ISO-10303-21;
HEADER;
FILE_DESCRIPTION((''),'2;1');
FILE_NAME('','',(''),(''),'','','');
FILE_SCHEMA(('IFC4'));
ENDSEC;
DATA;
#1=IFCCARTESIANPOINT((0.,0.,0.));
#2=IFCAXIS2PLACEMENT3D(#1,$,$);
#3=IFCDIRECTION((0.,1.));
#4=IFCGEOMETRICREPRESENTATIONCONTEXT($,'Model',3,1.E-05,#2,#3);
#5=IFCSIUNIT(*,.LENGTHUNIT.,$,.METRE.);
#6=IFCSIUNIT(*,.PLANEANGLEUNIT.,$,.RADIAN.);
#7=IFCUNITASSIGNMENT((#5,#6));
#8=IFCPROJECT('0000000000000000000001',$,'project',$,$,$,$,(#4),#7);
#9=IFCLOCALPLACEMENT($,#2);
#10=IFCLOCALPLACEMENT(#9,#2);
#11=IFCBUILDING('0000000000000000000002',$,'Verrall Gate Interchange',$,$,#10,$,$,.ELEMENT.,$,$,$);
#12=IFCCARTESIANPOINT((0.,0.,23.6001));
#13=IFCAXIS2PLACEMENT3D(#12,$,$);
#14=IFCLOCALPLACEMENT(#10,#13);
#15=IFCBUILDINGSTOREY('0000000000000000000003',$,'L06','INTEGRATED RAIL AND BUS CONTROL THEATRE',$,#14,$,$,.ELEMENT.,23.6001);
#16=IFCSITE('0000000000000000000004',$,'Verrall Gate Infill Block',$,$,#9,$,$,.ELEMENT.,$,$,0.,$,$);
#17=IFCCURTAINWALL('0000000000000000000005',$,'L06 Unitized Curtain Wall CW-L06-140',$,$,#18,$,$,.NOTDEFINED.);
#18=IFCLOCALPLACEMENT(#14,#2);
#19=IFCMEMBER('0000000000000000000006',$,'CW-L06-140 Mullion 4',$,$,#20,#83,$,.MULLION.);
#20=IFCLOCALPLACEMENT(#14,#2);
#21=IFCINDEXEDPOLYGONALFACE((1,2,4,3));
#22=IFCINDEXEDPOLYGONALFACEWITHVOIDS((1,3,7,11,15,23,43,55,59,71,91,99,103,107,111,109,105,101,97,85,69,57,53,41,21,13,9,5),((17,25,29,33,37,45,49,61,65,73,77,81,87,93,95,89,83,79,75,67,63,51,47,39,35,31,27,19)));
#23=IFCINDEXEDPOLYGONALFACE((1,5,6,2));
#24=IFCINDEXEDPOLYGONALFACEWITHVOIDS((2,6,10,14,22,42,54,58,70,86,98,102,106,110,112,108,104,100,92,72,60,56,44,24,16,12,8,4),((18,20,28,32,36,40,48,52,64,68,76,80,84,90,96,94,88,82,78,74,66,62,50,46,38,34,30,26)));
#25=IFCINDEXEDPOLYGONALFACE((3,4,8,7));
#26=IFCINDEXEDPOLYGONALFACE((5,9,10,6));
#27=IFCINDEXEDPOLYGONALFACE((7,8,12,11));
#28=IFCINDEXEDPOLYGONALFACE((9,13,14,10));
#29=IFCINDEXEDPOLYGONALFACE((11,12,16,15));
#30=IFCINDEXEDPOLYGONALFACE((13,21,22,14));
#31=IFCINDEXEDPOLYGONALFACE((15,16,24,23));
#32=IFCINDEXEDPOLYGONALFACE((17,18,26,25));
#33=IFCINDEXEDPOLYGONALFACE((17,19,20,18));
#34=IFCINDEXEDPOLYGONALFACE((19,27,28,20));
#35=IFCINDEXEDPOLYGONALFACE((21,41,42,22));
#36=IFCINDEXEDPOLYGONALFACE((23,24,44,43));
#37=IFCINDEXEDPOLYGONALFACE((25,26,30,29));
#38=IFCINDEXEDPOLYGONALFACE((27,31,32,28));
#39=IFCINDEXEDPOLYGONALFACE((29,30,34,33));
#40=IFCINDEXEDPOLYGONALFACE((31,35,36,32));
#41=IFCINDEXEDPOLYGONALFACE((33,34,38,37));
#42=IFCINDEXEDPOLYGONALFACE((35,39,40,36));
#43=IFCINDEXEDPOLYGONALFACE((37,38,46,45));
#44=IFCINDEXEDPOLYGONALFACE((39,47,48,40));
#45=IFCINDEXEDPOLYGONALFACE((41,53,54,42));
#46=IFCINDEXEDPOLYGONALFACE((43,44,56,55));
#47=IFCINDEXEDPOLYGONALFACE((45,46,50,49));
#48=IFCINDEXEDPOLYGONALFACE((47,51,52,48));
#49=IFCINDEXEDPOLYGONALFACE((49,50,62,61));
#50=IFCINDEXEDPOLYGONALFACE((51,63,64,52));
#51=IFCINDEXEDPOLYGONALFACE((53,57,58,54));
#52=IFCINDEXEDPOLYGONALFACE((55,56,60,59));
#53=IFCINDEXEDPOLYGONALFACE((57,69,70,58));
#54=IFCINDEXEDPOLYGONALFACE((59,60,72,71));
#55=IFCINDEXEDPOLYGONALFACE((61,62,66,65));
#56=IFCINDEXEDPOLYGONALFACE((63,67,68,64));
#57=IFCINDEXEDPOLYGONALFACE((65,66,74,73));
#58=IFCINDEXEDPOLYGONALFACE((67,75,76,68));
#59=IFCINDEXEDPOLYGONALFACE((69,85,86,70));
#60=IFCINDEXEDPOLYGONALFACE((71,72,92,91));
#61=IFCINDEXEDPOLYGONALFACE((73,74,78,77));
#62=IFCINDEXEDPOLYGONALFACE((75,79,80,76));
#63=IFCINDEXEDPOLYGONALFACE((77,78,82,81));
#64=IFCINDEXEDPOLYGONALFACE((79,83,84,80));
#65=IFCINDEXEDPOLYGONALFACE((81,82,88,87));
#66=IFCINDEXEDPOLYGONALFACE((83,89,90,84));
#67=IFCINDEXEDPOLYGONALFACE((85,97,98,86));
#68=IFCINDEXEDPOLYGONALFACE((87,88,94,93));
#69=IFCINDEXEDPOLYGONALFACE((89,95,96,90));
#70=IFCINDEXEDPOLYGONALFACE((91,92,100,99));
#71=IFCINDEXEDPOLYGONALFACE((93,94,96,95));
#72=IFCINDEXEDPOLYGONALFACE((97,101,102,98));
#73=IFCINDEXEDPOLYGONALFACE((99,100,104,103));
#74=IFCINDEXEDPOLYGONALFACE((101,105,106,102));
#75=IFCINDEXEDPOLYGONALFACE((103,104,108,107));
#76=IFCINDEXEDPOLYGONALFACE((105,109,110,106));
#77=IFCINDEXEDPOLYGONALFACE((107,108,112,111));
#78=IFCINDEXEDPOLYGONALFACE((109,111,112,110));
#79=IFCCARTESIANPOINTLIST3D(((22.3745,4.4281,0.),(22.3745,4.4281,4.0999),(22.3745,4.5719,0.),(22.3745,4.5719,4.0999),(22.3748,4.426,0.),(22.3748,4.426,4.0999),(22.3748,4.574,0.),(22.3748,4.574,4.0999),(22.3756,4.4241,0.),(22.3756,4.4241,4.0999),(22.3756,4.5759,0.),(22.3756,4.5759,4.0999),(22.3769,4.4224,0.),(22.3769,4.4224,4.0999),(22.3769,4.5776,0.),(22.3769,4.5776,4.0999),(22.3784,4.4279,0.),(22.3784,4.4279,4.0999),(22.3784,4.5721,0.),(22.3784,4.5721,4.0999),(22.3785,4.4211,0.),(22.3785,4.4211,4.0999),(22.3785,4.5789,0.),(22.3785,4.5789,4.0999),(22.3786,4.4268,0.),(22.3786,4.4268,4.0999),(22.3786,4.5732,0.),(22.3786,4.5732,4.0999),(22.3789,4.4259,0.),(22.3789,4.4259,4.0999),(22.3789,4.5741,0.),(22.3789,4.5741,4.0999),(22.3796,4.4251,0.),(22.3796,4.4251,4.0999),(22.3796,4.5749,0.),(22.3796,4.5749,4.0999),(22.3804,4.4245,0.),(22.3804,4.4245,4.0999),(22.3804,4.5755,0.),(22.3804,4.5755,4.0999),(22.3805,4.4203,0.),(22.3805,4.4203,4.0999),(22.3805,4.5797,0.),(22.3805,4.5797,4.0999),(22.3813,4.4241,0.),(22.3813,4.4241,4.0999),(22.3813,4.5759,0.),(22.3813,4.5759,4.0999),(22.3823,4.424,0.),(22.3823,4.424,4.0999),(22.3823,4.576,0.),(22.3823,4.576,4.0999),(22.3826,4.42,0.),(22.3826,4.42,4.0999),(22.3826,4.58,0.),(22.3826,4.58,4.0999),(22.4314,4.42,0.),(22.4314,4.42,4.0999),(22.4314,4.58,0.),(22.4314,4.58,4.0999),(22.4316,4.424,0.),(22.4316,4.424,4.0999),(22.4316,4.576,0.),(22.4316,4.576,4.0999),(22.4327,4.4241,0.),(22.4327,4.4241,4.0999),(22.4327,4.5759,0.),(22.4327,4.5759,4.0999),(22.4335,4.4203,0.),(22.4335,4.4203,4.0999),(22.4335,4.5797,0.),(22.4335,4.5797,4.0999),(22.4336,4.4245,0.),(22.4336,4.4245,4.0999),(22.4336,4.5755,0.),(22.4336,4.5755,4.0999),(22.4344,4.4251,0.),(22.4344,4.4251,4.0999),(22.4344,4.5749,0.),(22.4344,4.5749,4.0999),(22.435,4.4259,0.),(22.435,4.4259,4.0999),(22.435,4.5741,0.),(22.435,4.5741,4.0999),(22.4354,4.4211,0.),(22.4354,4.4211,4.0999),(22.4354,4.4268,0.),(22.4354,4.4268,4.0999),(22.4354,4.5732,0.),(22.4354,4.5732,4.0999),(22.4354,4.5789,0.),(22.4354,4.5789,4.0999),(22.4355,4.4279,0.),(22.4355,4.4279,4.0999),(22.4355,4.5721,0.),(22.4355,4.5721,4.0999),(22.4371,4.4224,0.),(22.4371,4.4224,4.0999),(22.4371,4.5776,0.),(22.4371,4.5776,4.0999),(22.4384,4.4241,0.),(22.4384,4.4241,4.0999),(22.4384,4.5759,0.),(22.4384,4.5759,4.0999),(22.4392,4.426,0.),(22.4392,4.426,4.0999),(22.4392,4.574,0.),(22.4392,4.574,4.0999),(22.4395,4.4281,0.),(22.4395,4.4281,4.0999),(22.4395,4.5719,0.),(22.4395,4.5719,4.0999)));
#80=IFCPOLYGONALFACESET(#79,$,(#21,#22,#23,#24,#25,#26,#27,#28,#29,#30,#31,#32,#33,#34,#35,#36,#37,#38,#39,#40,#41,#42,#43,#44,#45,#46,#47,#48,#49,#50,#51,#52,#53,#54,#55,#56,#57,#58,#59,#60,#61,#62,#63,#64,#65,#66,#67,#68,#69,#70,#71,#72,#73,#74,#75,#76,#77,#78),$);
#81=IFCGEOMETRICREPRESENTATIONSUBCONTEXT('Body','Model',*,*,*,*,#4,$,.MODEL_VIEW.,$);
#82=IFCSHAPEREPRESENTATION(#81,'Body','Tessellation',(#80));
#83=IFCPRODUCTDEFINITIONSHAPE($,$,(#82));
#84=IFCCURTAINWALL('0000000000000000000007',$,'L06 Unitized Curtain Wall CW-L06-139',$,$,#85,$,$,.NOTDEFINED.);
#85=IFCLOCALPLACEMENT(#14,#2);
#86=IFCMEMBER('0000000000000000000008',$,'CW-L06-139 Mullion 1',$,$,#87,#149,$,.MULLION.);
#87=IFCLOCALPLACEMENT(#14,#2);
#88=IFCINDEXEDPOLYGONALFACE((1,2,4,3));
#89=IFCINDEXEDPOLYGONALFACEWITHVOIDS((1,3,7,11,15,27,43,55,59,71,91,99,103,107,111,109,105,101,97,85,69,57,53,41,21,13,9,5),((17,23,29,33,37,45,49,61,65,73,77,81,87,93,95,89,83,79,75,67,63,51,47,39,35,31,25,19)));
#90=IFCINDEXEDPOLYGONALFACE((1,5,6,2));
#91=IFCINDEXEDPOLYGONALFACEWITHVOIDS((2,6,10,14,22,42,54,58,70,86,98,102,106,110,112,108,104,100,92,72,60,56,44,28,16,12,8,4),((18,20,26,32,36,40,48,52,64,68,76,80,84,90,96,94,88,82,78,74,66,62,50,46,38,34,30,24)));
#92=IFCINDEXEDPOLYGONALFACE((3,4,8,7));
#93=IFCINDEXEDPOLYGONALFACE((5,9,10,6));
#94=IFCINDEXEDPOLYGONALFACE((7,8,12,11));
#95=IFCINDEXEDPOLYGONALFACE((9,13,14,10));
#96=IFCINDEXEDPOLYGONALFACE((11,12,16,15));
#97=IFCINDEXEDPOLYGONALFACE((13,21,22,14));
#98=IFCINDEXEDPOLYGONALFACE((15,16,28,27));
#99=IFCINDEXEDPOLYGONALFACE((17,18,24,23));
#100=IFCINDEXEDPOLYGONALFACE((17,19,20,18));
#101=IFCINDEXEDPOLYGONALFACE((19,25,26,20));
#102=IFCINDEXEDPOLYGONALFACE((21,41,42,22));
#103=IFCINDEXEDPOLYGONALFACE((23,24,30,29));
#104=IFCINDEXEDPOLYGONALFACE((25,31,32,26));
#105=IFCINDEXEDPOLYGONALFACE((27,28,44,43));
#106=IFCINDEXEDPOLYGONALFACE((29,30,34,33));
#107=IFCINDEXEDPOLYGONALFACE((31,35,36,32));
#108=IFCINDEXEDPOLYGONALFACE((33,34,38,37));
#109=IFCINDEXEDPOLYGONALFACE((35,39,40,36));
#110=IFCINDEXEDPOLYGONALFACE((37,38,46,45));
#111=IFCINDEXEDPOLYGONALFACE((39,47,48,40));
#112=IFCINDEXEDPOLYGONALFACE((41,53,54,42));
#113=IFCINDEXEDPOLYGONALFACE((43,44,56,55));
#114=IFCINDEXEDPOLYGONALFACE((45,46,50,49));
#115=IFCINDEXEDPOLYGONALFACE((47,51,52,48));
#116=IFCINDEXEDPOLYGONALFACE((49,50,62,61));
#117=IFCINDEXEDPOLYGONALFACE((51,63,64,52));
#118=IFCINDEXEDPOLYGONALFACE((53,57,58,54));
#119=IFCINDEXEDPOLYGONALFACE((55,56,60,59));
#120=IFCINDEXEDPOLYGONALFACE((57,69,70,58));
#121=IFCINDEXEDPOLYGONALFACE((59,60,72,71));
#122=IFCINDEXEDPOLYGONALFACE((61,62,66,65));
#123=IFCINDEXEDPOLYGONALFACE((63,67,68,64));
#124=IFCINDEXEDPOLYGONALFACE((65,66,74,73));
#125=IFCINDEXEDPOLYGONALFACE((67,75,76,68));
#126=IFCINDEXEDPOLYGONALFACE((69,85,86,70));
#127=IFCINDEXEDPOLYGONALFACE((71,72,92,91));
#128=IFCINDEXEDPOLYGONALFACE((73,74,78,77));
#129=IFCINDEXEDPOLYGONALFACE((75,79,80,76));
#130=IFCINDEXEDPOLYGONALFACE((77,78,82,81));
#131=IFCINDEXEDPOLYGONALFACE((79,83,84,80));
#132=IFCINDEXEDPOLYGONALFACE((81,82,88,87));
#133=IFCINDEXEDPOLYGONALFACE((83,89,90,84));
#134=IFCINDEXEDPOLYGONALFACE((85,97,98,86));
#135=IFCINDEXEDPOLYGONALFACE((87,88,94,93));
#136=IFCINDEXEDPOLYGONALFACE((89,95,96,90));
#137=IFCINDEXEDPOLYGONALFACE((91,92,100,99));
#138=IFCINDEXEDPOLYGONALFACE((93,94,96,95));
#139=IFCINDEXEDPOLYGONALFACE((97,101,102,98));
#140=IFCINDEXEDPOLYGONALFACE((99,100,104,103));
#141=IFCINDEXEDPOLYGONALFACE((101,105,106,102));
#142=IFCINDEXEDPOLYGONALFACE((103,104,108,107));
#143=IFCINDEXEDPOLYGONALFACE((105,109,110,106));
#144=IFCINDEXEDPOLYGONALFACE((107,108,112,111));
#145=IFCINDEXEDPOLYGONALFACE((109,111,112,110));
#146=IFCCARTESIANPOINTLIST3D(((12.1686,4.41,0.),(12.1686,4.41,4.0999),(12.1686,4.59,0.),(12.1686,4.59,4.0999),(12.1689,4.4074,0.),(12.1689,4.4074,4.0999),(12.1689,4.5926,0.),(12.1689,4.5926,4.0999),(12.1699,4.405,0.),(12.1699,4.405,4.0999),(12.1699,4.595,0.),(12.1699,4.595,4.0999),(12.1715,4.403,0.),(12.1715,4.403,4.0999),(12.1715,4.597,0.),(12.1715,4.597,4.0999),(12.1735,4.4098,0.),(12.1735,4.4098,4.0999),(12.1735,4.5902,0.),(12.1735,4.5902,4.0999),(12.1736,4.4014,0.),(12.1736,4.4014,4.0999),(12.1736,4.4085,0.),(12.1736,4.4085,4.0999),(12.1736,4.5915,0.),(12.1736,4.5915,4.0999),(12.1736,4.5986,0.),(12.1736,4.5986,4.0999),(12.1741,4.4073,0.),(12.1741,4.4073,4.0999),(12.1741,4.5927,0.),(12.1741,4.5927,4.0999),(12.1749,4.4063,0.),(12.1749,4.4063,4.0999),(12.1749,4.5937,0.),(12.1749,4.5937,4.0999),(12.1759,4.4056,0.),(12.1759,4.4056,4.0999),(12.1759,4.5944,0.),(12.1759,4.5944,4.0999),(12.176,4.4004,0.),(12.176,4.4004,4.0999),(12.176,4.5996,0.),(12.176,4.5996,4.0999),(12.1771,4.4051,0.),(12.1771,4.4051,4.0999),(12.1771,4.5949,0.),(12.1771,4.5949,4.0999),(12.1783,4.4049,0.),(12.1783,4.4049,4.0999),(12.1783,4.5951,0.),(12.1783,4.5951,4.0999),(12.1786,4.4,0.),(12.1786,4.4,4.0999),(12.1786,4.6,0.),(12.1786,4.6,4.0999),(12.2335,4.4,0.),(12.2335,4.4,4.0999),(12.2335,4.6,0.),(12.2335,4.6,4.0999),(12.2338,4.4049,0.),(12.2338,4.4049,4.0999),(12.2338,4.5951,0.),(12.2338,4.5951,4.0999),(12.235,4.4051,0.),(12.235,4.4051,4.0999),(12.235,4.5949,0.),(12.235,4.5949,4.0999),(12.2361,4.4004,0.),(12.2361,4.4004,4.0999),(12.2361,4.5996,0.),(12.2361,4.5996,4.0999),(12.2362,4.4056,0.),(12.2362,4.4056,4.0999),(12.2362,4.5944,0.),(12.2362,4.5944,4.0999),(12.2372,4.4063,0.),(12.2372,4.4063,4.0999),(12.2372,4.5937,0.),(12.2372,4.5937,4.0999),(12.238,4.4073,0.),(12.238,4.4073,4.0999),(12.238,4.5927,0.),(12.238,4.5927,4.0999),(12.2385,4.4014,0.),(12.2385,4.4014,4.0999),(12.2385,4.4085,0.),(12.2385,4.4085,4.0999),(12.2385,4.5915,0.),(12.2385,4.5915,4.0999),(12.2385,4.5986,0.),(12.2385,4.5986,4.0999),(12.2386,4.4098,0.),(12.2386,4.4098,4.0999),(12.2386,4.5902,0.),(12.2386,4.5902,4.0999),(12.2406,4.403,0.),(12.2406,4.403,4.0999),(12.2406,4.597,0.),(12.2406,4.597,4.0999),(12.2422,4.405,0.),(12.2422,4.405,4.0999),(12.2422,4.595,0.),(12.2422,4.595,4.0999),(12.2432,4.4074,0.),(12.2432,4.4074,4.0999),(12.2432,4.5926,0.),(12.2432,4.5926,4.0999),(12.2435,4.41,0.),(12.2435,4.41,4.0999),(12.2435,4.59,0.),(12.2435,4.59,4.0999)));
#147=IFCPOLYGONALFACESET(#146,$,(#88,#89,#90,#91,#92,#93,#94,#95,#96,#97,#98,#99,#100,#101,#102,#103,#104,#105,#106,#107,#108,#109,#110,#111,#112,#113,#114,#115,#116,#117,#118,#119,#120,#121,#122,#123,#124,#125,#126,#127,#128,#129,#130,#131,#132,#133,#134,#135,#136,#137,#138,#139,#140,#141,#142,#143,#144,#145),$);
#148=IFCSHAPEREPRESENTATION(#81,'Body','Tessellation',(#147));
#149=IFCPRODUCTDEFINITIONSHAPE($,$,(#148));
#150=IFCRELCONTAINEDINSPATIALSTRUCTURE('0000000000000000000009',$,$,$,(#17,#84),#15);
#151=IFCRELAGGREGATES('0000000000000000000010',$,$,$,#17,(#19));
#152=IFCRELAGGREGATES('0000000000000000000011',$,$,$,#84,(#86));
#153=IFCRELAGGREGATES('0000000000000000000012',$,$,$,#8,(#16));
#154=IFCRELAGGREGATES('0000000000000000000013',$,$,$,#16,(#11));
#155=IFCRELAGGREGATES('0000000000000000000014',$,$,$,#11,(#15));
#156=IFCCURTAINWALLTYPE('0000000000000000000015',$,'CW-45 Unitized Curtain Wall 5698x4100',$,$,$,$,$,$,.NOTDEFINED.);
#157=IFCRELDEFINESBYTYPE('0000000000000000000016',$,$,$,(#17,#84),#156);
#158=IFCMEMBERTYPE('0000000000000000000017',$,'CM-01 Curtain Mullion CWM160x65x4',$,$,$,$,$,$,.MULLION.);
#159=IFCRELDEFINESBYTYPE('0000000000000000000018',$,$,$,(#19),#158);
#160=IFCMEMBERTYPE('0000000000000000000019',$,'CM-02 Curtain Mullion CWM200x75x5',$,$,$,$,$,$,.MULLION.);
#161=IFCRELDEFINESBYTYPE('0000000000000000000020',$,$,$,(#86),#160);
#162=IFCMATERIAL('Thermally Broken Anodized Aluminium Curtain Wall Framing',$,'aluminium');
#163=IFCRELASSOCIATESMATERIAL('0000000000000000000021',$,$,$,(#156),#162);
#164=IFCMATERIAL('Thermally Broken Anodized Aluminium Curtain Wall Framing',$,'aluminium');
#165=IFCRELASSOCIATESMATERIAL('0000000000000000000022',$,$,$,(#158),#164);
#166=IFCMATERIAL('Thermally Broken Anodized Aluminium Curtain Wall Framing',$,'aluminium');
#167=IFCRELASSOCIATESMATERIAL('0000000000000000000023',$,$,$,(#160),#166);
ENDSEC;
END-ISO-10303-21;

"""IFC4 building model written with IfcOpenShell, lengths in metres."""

from ifc_helpers import new_model, si_unit, direction, frame, origin, origin_2d, place, context, subcontext, project, spatial, hollow_rectangle, extrude, material, material_profile, profile_set, type_object, element, aggregate, save


model = new_model("IFC4")

# Units and contexts
model_context = context("Model", 3, precision=1e-05, world=origin(), true_north=direction((0.0, 1.0)))
body_context = subcontext(model_context, "Body", "Model", "MODEL_VIEW")
ifc_project = project(units=[si_unit("LENGTHUNIT", "METRE"), si_unit("PLANEANGLEUNIT", "RADIAN")], contexts=[model_context])

# Site, building, storey
site_placement = place(None, origin())
site = spatial("IfcSite", under=ifc_project, at=site_placement, Name="Verrall Gate Infill Block", CompositionType="ELEMENT", RefElevation=0.0)
building_placement = place(site_placement, origin())
building = spatial("IfcBuilding", under=site, at=building_placement, Name="Verrall Gate Interchange", CompositionType="ELEMENT")
storey_placement = place(building_placement, frame((0.0, 0.0, 23.6001)))
storey = spatial("IfcBuildingStorey", under=building, at=storey_placement, Name="L06", Description="INTEGRATED RAIL AND BUS CONTROL THEATRE", CompositionType="ELEMENT", Elevation=23.6001)

# Curtain walls, members
ifc_material_1 = material(Name="Thermally Broken Anodized Aluminium Curtain Wall Framing", Category="aluminium")
curtain_wall_type = type_object("IfcCurtainWallType", Name="CW-45 Unitized Curtain Wall 5698x4100", PredefinedType="NOTDEFINED", material=ifc_material_1)
curtain_wall_1_placement = place(storey_placement, origin())
curtain_wall_1 = element("IfcCurtainWall", 1, at=curtain_wall_1_placement, inside=storey, type_object=curtain_wall_type, Name="L06 Unitized Curtain Wall CW-L06-140", PredefinedType="NOTDEFINED")
ifc_material_2 = material(Name="Thermally Broken Anodized Aluminium Curtain Wall Framing", Category="aluminium")
ifc_material_profile_1 = material_profile(ifc_material_2, hollow_rectangle(XDim=0.0649, YDim=0.1599, WallThickness=0.0039, InnerFilletRadius=0.0039, OuterFilletRadius=0.0081, at=origin_2d()), Name="CWM160x65x4")
ifc_profile_set_1 = profile_set([ifc_material_profile_1], Name="Thermally Broken Anodized Aluminium Curtain Wall Framing")
member_type_1 = type_object("IfcMemberType", Name="CM-01 Curtain Mullion CWM160x65x4", PredefinedType="MULLION", material=ifc_profile_set_1)
member_1_placement = place(storey_placement, frame((22.407, 4.5, 0.0), z_axis=(0.0, 0.0, 1.0), x_axis=(1.0, 0.0, 0.0)))
member_1 = element("IfcMember", 2, at=member_1_placement, type_object=member_type_1, Name="CW-L06-140 Mullion 4", PredefinedType="MULLION", context=body_context, shape_type="SweptSolid", body=[
    extrude(hollow_rectangle(XDim=0.0649, YDim=0.1599, WallThickness=0.0039, InnerFilletRadius=0.0039, OuterFilletRadius=0.0081, at=origin_2d()), origin(), (0.0, 0.0, 1.0), 4.0999),
])
curtain_wall_2_placement = place(storey_placement, origin())
curtain_wall_2 = element("IfcCurtainWall", 3, at=curtain_wall_2_placement, inside=storey, type_object=curtain_wall_type, Name="L06 Unitized Curtain Wall CW-L06-139", PredefinedType="NOTDEFINED")
ifc_material_3 = material(Name="Thermally Broken Anodized Aluminium Curtain Wall Framing", Category="aluminium")
ifc_material_profile_2 = material_profile(ifc_material_3, hollow_rectangle(XDim=0.075, YDim=0.2, WallThickness=0.0049, InnerFilletRadius=0.0049, OuterFilletRadius=0.01, at=origin_2d()), Name="CWM200x75x5")
ifc_profile_set_2 = profile_set([ifc_material_profile_2], Name="Thermally Broken Anodized Aluminium Curtain Wall Framing")
member_type_2 = type_object("IfcMemberType", Name="CM-02 Curtain Mullion CWM200x75x5", PredefinedType="MULLION", material=ifc_profile_set_2)
member_2_placement = place(storey_placement, frame((12.2061, 4.5, 0.0), z_axis=(0.0, 0.0, 1.0), x_axis=(1.0, 0.0, 0.0)))
member_2 = element("IfcMember", 4, at=member_2_placement, type_object=member_type_2, Name="CW-L06-139 Mullion 1", PredefinedType="MULLION", context=body_context, shape_type="SweptSolid", body=[
    extrude(hollow_rectangle(XDim=0.075, YDim=0.2, WallThickness=0.0049, InnerFilletRadius=0.0049, OuterFilletRadius=0.01, at=origin_2d()), origin(), (0.0, 0.0, 1.0), 4.0999),
])

aggregate(curtain_wall_1, [member_1])
aggregate(curtain_wall_2, [member_2])

save(model, "model.ifc")
